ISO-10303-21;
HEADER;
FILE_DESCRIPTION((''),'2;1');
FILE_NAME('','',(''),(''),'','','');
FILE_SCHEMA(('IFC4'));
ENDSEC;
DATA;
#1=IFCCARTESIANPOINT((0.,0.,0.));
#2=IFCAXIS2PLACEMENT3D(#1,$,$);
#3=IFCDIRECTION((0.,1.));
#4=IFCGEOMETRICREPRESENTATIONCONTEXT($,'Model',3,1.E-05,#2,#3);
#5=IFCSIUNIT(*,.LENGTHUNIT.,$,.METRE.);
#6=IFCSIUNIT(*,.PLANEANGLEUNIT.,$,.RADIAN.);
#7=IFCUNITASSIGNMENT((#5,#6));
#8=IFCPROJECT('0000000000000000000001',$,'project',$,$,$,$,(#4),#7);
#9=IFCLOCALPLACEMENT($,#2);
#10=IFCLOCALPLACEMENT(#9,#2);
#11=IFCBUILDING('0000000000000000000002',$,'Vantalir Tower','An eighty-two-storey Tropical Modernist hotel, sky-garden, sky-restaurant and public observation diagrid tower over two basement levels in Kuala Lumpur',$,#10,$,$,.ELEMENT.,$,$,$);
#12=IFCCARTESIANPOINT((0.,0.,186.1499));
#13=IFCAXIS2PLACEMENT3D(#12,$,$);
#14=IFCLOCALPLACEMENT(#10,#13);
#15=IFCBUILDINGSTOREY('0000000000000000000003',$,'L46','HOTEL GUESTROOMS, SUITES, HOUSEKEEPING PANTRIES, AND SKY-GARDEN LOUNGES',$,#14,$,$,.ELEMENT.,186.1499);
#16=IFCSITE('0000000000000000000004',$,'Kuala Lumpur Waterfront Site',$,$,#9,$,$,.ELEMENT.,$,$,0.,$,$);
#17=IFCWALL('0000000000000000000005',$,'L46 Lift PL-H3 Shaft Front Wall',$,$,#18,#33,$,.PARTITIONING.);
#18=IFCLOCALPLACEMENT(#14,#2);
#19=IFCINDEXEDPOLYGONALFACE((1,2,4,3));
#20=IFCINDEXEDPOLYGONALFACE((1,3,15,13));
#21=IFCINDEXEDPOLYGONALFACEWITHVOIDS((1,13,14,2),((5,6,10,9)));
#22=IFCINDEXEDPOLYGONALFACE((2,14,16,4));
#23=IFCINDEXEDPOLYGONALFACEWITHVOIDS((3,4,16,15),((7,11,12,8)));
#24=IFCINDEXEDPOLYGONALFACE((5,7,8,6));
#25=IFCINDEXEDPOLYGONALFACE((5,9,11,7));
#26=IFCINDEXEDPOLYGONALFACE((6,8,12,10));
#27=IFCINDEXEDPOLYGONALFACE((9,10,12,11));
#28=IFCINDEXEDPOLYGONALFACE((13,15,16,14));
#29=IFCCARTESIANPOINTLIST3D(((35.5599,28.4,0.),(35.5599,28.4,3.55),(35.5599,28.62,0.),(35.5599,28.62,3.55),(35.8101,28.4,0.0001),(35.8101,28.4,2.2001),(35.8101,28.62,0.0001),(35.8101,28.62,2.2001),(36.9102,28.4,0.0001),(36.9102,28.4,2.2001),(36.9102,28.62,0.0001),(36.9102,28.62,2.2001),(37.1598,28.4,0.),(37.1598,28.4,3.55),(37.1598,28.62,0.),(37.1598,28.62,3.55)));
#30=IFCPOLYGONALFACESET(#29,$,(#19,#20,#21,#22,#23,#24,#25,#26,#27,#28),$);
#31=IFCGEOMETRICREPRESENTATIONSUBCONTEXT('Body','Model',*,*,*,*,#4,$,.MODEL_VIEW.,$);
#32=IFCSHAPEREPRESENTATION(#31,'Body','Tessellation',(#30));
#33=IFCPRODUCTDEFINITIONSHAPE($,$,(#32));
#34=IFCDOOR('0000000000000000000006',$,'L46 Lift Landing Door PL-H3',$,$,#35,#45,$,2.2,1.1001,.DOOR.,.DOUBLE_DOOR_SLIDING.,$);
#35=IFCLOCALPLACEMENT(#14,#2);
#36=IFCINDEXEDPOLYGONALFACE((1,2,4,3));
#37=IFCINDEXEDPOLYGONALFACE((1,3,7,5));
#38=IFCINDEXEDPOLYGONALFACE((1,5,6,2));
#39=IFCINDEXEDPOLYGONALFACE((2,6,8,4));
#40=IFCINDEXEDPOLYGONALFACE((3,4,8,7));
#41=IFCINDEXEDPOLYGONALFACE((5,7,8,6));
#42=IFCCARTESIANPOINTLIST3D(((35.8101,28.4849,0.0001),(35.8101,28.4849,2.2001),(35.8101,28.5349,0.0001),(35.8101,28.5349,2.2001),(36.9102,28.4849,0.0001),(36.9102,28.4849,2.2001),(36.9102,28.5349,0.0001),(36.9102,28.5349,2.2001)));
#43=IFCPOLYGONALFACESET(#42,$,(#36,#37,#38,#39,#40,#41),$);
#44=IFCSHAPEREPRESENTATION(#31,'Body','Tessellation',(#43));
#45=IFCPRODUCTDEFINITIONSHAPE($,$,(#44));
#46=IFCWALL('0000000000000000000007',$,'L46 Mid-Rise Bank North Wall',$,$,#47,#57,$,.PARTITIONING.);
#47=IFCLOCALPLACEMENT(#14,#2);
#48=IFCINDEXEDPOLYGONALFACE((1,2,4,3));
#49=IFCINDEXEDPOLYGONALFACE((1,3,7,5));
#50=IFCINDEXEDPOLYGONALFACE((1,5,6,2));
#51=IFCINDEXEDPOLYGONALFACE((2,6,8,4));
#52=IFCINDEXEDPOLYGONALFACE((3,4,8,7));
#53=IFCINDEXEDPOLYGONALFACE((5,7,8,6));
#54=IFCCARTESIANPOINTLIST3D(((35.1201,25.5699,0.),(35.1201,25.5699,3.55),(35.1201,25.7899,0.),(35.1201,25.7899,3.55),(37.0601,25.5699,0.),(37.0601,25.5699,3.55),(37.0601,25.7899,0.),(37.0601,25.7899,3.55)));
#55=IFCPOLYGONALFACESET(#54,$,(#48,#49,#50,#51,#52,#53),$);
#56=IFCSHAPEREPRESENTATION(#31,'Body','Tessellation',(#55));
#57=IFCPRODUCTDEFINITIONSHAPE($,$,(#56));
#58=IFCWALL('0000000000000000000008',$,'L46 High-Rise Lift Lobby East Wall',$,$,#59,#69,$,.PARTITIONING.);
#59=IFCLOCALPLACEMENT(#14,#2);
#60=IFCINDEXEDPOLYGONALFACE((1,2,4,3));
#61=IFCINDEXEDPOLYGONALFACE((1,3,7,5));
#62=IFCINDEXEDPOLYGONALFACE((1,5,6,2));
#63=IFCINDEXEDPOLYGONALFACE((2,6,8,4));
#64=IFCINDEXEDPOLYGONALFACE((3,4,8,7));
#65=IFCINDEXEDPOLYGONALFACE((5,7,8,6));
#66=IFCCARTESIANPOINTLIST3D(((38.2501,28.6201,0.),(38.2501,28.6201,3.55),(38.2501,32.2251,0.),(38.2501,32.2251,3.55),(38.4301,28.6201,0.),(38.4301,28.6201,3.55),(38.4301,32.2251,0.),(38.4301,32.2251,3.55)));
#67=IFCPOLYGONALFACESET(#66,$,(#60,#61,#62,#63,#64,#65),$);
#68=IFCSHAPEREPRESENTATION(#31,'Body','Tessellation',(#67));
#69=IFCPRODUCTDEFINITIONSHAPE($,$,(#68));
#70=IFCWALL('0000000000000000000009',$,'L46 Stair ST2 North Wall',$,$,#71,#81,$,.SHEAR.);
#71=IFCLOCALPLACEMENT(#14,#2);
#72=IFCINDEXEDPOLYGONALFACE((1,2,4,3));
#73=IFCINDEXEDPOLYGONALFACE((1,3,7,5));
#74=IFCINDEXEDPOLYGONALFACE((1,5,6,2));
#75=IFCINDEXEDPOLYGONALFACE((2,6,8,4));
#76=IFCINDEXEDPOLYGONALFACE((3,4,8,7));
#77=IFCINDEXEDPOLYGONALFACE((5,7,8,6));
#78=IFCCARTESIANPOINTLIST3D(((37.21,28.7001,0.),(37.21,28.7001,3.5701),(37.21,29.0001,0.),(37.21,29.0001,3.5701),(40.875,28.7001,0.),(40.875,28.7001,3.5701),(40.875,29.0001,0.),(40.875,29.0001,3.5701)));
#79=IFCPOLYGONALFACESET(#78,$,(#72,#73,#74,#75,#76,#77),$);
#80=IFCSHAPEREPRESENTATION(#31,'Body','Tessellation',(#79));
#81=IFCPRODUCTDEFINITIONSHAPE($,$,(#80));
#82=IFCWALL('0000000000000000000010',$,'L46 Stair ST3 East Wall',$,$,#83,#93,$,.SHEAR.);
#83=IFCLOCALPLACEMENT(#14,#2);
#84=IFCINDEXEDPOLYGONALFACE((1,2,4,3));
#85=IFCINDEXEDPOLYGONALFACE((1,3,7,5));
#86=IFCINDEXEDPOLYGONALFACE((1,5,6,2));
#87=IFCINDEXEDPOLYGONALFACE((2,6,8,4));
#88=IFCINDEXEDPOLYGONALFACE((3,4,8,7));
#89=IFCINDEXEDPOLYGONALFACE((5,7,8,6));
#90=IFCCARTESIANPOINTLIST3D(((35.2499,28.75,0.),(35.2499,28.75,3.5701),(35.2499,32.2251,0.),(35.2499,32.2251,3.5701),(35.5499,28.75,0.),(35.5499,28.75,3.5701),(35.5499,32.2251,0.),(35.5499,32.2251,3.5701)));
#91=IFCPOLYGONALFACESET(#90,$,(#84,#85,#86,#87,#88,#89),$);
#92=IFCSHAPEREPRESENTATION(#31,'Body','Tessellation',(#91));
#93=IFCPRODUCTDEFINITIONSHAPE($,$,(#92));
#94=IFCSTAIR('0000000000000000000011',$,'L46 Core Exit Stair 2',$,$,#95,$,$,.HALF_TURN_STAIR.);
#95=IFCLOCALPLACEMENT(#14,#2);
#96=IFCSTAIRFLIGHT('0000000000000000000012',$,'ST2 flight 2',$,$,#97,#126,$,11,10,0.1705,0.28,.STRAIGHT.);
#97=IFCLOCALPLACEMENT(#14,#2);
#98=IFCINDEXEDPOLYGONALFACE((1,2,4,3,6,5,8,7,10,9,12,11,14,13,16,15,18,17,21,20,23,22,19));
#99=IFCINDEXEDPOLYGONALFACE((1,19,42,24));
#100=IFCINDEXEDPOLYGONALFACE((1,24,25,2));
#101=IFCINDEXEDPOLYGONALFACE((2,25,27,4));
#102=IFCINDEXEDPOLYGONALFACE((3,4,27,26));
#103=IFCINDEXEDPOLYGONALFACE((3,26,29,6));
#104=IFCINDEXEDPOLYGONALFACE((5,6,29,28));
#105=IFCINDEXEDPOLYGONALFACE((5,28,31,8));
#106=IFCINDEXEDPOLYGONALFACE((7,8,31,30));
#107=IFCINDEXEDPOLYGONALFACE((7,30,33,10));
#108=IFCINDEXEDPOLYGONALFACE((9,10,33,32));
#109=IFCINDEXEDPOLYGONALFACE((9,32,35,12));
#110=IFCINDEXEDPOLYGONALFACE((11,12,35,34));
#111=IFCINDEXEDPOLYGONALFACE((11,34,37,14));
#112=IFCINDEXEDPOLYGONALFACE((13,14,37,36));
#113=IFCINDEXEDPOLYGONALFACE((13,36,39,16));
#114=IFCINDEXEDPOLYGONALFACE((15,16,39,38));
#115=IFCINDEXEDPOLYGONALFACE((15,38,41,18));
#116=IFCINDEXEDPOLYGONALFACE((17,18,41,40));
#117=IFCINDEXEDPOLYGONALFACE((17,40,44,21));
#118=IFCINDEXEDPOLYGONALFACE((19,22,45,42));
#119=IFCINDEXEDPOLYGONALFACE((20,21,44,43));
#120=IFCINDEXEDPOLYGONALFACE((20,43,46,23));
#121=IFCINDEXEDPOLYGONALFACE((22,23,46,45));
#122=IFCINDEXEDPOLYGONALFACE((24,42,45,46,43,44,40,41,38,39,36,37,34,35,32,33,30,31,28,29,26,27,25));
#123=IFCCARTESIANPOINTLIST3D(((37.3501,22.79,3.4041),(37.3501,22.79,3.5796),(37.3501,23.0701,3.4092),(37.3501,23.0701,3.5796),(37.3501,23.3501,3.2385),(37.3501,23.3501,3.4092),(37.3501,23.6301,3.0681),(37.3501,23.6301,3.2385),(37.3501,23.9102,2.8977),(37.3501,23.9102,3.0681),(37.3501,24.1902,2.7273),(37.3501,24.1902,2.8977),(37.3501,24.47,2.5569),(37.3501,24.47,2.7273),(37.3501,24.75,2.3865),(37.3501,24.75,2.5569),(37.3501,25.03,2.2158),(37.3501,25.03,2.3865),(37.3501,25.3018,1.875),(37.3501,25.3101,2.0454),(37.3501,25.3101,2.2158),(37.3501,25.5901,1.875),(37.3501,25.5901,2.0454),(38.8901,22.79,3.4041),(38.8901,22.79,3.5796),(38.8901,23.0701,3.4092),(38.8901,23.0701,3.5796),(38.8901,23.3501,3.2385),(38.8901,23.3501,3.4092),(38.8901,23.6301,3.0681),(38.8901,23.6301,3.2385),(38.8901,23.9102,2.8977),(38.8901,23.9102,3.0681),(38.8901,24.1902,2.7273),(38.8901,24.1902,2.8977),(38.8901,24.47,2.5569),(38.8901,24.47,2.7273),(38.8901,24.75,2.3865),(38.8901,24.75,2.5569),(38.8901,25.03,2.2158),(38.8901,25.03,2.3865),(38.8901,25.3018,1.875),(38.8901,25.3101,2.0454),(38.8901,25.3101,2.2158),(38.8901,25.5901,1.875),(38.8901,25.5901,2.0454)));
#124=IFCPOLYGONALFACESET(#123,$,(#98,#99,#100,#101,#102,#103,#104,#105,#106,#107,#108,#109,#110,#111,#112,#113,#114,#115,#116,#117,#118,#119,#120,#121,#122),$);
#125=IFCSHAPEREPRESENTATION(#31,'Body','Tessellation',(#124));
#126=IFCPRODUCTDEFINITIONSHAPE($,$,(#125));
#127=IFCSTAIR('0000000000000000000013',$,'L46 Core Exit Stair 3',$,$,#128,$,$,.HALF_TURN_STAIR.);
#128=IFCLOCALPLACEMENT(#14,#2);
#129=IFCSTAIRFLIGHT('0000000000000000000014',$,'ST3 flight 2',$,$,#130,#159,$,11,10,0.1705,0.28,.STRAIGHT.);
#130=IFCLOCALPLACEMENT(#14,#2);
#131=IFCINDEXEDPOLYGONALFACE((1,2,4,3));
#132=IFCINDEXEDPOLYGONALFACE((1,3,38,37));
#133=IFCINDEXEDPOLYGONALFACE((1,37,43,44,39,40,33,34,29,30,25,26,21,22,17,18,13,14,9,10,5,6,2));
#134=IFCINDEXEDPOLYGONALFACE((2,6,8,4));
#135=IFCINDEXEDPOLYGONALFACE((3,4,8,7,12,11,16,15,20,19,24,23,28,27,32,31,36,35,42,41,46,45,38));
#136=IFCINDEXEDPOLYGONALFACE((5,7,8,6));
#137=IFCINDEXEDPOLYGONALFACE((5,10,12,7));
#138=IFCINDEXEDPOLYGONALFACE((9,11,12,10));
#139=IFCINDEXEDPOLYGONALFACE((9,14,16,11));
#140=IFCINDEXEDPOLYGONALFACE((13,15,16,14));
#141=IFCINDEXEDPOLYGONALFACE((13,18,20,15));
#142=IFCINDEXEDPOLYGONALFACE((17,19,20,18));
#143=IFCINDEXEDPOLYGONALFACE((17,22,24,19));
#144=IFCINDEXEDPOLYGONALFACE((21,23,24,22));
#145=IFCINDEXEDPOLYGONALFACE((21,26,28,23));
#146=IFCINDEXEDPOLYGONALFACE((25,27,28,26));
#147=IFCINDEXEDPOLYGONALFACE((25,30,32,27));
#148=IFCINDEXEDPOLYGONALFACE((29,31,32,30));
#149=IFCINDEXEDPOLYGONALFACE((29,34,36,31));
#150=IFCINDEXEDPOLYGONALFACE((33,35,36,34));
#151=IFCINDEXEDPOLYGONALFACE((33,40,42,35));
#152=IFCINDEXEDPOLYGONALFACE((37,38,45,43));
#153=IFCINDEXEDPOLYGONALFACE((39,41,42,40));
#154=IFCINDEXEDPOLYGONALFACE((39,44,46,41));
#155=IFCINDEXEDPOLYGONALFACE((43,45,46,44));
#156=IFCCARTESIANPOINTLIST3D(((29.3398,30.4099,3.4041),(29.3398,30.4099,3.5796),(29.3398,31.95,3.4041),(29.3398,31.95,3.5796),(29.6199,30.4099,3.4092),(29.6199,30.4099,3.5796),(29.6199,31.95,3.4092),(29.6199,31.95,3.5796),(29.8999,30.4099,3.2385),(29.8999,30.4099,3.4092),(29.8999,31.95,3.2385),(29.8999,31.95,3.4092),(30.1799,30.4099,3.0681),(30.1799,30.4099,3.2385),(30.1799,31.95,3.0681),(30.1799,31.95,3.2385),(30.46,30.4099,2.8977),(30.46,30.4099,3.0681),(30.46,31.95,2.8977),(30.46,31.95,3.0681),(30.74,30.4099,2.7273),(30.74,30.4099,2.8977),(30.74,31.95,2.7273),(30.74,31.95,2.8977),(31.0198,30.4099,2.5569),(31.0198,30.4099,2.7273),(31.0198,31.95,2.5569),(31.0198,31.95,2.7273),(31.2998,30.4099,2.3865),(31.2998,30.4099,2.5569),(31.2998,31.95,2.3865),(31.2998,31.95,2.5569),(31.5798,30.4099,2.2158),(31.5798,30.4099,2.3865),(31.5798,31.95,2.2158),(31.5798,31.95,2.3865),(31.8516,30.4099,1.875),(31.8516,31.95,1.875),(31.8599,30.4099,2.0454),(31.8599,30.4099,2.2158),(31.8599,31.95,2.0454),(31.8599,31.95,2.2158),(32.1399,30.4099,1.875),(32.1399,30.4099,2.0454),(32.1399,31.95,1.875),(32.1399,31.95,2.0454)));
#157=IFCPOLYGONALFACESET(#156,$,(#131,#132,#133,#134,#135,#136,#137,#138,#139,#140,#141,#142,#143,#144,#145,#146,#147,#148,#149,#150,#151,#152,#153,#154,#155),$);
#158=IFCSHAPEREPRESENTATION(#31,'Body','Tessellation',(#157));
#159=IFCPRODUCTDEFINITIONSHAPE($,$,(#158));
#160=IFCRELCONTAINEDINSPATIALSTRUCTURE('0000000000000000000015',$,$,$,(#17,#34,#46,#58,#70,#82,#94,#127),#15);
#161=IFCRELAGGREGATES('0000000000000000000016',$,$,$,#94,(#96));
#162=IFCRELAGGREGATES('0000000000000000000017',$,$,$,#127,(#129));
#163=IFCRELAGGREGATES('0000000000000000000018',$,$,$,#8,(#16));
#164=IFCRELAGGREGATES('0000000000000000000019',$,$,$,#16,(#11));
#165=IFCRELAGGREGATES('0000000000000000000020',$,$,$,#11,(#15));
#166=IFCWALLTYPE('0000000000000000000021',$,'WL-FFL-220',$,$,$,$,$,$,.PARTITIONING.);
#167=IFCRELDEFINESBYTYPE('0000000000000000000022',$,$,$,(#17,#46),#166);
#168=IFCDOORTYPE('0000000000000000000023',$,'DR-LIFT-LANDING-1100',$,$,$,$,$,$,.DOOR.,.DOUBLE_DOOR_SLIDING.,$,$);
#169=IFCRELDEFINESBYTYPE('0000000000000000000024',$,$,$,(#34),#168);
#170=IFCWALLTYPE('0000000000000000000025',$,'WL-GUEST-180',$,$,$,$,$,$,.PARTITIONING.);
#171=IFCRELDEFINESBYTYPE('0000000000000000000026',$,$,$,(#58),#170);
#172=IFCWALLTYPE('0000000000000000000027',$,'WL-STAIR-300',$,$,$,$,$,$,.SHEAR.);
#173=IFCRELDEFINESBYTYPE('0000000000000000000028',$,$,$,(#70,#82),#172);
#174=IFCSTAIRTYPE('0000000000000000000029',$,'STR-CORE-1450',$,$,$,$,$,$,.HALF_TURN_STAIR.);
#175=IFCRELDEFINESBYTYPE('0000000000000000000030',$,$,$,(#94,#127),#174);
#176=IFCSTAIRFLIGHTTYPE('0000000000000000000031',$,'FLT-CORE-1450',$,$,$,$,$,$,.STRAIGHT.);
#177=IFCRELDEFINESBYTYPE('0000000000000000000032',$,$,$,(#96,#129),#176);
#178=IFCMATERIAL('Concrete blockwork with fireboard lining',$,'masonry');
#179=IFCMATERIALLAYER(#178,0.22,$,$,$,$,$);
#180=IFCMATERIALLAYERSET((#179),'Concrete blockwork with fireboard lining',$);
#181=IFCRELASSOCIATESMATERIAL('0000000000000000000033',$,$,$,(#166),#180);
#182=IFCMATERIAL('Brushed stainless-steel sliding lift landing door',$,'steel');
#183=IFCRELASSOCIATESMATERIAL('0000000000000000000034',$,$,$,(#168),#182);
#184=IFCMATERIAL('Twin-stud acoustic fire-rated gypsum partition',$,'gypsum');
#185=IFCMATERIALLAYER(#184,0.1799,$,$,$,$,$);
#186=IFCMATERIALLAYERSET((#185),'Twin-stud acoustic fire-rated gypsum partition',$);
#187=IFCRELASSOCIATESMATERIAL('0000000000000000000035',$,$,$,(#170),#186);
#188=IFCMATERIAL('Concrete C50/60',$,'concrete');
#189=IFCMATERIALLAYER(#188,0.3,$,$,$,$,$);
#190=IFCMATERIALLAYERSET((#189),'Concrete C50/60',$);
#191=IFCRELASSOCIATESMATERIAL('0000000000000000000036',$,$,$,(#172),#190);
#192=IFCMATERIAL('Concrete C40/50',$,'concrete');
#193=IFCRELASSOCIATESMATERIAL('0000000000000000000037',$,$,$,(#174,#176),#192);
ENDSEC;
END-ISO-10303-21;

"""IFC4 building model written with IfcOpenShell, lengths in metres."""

from ifc_helpers import new_model, si_unit, direction, frame, frame_2d, origin, place, context, subcontext, project, spatial, polyline, rectangle, outline, extrude, material, layer, layer_set, type_object, element, fill, aggregate, save


model = new_model("IFC4")

# Units and contexts
model_context = context("Model", 3, precision=1e-05, world=origin(), true_north=direction((0.0, 1.0)))
body_context = subcontext(model_context, "Body", "Model", "MODEL_VIEW")
ifc_project = project(units=[si_unit("LENGTHUNIT", "METRE"), si_unit("PLANEANGLEUNIT", "RADIAN")], contexts=[model_context])

# Site, building, storey
site_placement = place(None, origin())
site = spatial("IfcSite", under=ifc_project, at=site_placement, Name="Kuala Lumpur Waterfront Site", CompositionType="ELEMENT", RefElevation=0.0)
building_placement = place(site_placement, origin())
building = spatial("IfcBuilding", under=site, at=building_placement, Name="Vantalir Tower", Description="An eighty-two-storey Tropical Modernist hotel, sky-garden, sky-restaurant and public observation diagrid tower over two basement levels in Kuala Lumpur", CompositionType="ELEMENT")
storey_placement = place(building_placement, frame((0.0, 0.0, 186.1499)))
storey = spatial("IfcBuildingStorey", under=building, at=storey_placement, Name="L46", Description="HOTEL GUESTROOMS, SUITES, HOUSEKEEPING PANTRIES, AND SKY-GARDEN LOUNGES", CompositionType="ELEMENT", Elevation=186.1499)

# Shared definitions
ifc_material_1 = material(Name="Concrete C50/60", Category="concrete")

# Shared definitions
ifc_material_2 = material(Name="Concrete blockwork with fireboard lining", Category="masonry")
ifc_layer_1 = layer(ifc_material_2, 0.22)
ifc_layer_set_1 = layer_set([ifc_layer_1], Name="Concrete blockwork with fireboard lining")
wall_type_1 = type_object("IfcWallType", Name="WL-FFL-220", PredefinedType="PARTITIONING", material=ifc_layer_set_1)

# Wall, opening, door
ifc_material_3 = material(Name="Brushed stainless-steel sliding lift landing door", Category="steel")
door_type = type_object("IfcDoorType", Name="DR-LIFT-LANDING-1100", OperationType="DOUBLE_DOOR_SLIDING", PredefinedType="DOOR", material=ifc_material_3)
wall_1_placement = place(storey_placement, frame((35.5601, 28.51, 0.0), z_axis=(0.0, 0.0, 1.0), x_axis=(1.0, 0.0, 0.0)))
wall_1 = element("IfcWall", 1, at=wall_1_placement, inside=storey, type_object=wall_type_1, Name="L46 Lift PL-H3 Shaft Front Wall", PredefinedType="PARTITIONING", context=body_context, shape_type="SweptSolid", body=[
    extrude(rectangle(XDim=1.5999, YDim=0.22, at=frame_2d((0.7998, 0.0))), origin(), (0.0, 0.0, 1.0), 3.55),
])
opening_1_placement = place(wall_1_placement, frame((0.25, 0.0, 0.0)))
opening_1 = element("IfcOpeningElement", 2, at=opening_1_placement, cuts=wall_1, PredefinedType="OPENING", context=body_context, shape_type="SweptSolid", body=[
    extrude(rectangle(XDim=1.1001, YDim=2.2, at=frame_2d((0.55, 1.1001))), frame((0.0, 0.1199, 0.0), z_axis=(0.0, -1.0, 0.0), x_axis=(1.0, 0.0, 0.0)), (0.0, 0.0, 1.0), 0.24),
])
door_1_placement = place(opening_1_placement, origin())
door_1 = element("IfcDoor", 3, at=door_1_placement, inside=storey, type_object=door_type, Name="L46 Lift Landing Door PL-H3", OperationType="DOUBLE_DOOR_SLIDING", OverallHeight=2.2, OverallWidth=1.1001, PredefinedType="DOOR", context=body_context, shape_type="SweptSolid", body=[
    extrude(rectangle(XDim=1.1001, YDim=2.2, at=frame_2d((0.55, 1.1001))), frame((0.0, 0.0249, 0.0), z_axis=(0.0, -1.0, 0.0), x_axis=(1.0, 0.0, 0.0)), (0.0, 0.0, 1.0), 0.05),
])
fill(opening_1, door_1)

# Walls
wall_2_placement = place(storey_placement, frame((35.1201, 25.6799, 0.0), z_axis=(0.0, 0.0, 1.0), x_axis=(1.0, 0.0, 0.0)))
element("IfcWall", 4, at=wall_2_placement, inside=storey, type_object=wall_type_1, Name="L46 Mid-Rise Bank North Wall", PredefinedType="PARTITIONING", context=body_context, shape_type="SweptSolid", body=[
    extrude(rectangle(XDim=1.9399, YDim=0.22, at=frame_2d((0.97, 0.0))), origin(), (0.0, 0.0, 1.0), 3.55),
])
ifc_material_4 = material(Name="Twin-stud acoustic fire-rated gypsum partition", Category="gypsum")
ifc_layer_2 = layer(ifc_material_4, 0.1799)
ifc_layer_set_2 = layer_set([ifc_layer_2], Name="Twin-stud acoustic fire-rated gypsum partition")
wall_type_2 = type_object("IfcWallType", Name="WL-GUEST-180", PredefinedType="PARTITIONING", material=ifc_layer_set_2)
wall_3_placement = place(storey_placement, frame((38.3401, 28.6201, 0.0), z_axis=(0.0, 0.0, 1.0), x_axis=(0.0, 1.0, 0.0)))
element("IfcWall", 5, at=wall_3_placement, inside=storey, type_object=wall_type_2, Name="L46 High-Rise Lift Lobby East Wall", PredefinedType="PARTITIONING", context=body_context, shape_type="SweptSolid", body=[
    extrude(rectangle(XDim=3.605, YDim=0.1799, at=frame_2d((1.8025, 0.0))), origin(), (0.0, 0.0, 1.0), 3.55),
])
ifc_layer_3 = layer(ifc_material_1, 0.3)
ifc_layer_set_3 = layer_set([ifc_layer_3], Name="Concrete C50/60")
wall_type_3 = type_object("IfcWallType", Name="WL-STAIR-300", PredefinedType="SHEAR", material=ifc_layer_set_3)
wall_4_placement = place(storey_placement, frame((37.21, 28.8501, 0.0), z_axis=(0.0, 0.0, 1.0), x_axis=(1.0, 0.0, 0.0)))
element("IfcWall", 6, at=wall_4_placement, inside=storey, type_object=wall_type_3, Name="L46 Stair ST2 North Wall", PredefinedType="SHEAR", context=body_context, shape_type="SweptSolid", body=[
    extrude(rectangle(XDim=3.665, YDim=0.3, at=frame_2d((1.8325, 0.0))), origin(), (0.0, 0.0, 1.0), 3.5701),
])
wall_5_placement = place(storey_placement, frame((35.3999, 28.75, 0.0), z_axis=(0.0, 0.0, 1.0), x_axis=(0.0, 1.0, 0.0)))
element("IfcWall", 7, at=wall_5_placement, inside=storey, type_object=wall_type_3, Name="L46 Stair ST3 East Wall", PredefinedType="SHEAR", context=body_context, shape_type="SweptSolid", body=[
    extrude(rectangle(XDim=3.4751, YDim=0.3, at=frame_2d((1.7375, 0.0))), origin(), (0.0, 0.0, 1.0), 3.5701),
])

# Stairs, stair flights
ifc_material_5 = material(Name="Concrete C40/50", Category="concrete")
stair_type = type_object("IfcStairType", Name="STR-CORE-1450", PredefinedType="HALF_TURN_STAIR", material=ifc_material_5)
stair_1_placement = place(storey_placement, origin())
stair_1 = element("IfcStair", 8, at=stair_1_placement, inside=storey, type_object=stair_type, Name="L46 Core Exit Stair 2", PredefinedType="HALF_TURN_STAIR")
stair_flight_type = type_object("IfcStairFlightType", Name="FLT-CORE-1450", PredefinedType="STRAIGHT", material=ifc_material_5)
stair_flight_1_placement = place(storey_placement, frame((38.1201, 25.5901, 1.875), z_axis=(0.0, 0.0, 1.0), x_axis=(0.0, -1.0, 0.0)))
stair_flight_1 = element("IfcStairFlight", 9, at=stair_flight_1_placement, type_object=stair_flight_type, Name="ST2 flight 2", NumberOfRisers=11, NumberOfTreads=10, PredefinedType="STRAIGHT", RiserHeight=0.1705, TreadLength=0.28, context=body_context, shape_type="SweptSolid", body=[
    extrude(outline(polyline([(0.0, 0.0), (0.0, 0.1704), (0.28, 0.1704), (0.28, 0.3408), (0.5601, 0.3408), (0.5601, 0.5115), (0.8401, 0.5115), (0.8401, 0.6819), (1.1201, 0.6819), (1.1201, 0.8523), (1.3999, 0.8523), (1.3999, 1.0227), (1.6799, 1.0227), (1.6799, 1.1931), (1.96, 1.1931), (1.96, 1.3635), (2.24, 1.3635), (2.24, 1.5342), (2.52, 1.5342), (2.52, 1.7046), (2.8, 1.7046), (2.8, 1.875), (2.8, 1.5291), (0.2883, 0.0), (0.0, 0.0)])), frame((0.0, 0.77, 0.0), z_axis=(0.0, -1.0, 0.0), x_axis=(1.0, 0.0, 0.0)), (0.0, 0.0, 1.0), 1.54),
])
aggregate(stair_1, [stair_flight_1])
stair_2_placement = place(storey_placement, origin())
stair_2 = element("IfcStair", 10, at=stair_2_placement, inside=storey, type_object=stair_type, Name="L46 Core Exit Stair 3", PredefinedType="HALF_TURN_STAIR")
stair_flight_2_placement = place(storey_placement, frame((32.1399, 31.1799, 1.875), z_axis=(0.0, 0.0, 1.0), x_axis=(-1.0, 0.0, 0.0)))
stair_flight_2 = element("IfcStairFlight", 11, at=stair_flight_2_placement, type_object=stair_flight_type, Name="ST3 flight 2", NumberOfRisers=11, NumberOfTreads=10, PredefinedType="STRAIGHT", RiserHeight=0.1705, TreadLength=0.28, context=body_context, shape_type="SweptSolid", body=[
    extrude(outline(polyline([(0.0, 0.0), (0.0, 0.1704), (0.28, 0.1704), (0.28, 0.3408), (0.5601, 0.3408), (0.5601, 0.5115), (0.8401, 0.5115), (0.8401, 0.6819), (1.1201, 0.6819), (1.1201, 0.8523), (1.3999, 0.8523), (1.3999, 1.0227), (1.6799, 1.0227), (1.6799, 1.1931), (1.96, 1.1931), (1.96, 1.3635), (2.24, 1.3635), (2.24, 1.5342), (2.52, 1.5342), (2.52, 1.7046), (2.8, 1.7046), (2.8, 1.875), (2.8, 1.5291), (0.2883, 0.0), (0.0, 0.0)])), frame((0.0, 0.77, 0.0), z_axis=(0.0, -1.0, 0.0), x_axis=(1.0, 0.0, 0.0)), (0.0, 0.0, 1.0), 1.54),
])
aggregate(stair_2, [stair_flight_2])

save(model, "model.ifc")
